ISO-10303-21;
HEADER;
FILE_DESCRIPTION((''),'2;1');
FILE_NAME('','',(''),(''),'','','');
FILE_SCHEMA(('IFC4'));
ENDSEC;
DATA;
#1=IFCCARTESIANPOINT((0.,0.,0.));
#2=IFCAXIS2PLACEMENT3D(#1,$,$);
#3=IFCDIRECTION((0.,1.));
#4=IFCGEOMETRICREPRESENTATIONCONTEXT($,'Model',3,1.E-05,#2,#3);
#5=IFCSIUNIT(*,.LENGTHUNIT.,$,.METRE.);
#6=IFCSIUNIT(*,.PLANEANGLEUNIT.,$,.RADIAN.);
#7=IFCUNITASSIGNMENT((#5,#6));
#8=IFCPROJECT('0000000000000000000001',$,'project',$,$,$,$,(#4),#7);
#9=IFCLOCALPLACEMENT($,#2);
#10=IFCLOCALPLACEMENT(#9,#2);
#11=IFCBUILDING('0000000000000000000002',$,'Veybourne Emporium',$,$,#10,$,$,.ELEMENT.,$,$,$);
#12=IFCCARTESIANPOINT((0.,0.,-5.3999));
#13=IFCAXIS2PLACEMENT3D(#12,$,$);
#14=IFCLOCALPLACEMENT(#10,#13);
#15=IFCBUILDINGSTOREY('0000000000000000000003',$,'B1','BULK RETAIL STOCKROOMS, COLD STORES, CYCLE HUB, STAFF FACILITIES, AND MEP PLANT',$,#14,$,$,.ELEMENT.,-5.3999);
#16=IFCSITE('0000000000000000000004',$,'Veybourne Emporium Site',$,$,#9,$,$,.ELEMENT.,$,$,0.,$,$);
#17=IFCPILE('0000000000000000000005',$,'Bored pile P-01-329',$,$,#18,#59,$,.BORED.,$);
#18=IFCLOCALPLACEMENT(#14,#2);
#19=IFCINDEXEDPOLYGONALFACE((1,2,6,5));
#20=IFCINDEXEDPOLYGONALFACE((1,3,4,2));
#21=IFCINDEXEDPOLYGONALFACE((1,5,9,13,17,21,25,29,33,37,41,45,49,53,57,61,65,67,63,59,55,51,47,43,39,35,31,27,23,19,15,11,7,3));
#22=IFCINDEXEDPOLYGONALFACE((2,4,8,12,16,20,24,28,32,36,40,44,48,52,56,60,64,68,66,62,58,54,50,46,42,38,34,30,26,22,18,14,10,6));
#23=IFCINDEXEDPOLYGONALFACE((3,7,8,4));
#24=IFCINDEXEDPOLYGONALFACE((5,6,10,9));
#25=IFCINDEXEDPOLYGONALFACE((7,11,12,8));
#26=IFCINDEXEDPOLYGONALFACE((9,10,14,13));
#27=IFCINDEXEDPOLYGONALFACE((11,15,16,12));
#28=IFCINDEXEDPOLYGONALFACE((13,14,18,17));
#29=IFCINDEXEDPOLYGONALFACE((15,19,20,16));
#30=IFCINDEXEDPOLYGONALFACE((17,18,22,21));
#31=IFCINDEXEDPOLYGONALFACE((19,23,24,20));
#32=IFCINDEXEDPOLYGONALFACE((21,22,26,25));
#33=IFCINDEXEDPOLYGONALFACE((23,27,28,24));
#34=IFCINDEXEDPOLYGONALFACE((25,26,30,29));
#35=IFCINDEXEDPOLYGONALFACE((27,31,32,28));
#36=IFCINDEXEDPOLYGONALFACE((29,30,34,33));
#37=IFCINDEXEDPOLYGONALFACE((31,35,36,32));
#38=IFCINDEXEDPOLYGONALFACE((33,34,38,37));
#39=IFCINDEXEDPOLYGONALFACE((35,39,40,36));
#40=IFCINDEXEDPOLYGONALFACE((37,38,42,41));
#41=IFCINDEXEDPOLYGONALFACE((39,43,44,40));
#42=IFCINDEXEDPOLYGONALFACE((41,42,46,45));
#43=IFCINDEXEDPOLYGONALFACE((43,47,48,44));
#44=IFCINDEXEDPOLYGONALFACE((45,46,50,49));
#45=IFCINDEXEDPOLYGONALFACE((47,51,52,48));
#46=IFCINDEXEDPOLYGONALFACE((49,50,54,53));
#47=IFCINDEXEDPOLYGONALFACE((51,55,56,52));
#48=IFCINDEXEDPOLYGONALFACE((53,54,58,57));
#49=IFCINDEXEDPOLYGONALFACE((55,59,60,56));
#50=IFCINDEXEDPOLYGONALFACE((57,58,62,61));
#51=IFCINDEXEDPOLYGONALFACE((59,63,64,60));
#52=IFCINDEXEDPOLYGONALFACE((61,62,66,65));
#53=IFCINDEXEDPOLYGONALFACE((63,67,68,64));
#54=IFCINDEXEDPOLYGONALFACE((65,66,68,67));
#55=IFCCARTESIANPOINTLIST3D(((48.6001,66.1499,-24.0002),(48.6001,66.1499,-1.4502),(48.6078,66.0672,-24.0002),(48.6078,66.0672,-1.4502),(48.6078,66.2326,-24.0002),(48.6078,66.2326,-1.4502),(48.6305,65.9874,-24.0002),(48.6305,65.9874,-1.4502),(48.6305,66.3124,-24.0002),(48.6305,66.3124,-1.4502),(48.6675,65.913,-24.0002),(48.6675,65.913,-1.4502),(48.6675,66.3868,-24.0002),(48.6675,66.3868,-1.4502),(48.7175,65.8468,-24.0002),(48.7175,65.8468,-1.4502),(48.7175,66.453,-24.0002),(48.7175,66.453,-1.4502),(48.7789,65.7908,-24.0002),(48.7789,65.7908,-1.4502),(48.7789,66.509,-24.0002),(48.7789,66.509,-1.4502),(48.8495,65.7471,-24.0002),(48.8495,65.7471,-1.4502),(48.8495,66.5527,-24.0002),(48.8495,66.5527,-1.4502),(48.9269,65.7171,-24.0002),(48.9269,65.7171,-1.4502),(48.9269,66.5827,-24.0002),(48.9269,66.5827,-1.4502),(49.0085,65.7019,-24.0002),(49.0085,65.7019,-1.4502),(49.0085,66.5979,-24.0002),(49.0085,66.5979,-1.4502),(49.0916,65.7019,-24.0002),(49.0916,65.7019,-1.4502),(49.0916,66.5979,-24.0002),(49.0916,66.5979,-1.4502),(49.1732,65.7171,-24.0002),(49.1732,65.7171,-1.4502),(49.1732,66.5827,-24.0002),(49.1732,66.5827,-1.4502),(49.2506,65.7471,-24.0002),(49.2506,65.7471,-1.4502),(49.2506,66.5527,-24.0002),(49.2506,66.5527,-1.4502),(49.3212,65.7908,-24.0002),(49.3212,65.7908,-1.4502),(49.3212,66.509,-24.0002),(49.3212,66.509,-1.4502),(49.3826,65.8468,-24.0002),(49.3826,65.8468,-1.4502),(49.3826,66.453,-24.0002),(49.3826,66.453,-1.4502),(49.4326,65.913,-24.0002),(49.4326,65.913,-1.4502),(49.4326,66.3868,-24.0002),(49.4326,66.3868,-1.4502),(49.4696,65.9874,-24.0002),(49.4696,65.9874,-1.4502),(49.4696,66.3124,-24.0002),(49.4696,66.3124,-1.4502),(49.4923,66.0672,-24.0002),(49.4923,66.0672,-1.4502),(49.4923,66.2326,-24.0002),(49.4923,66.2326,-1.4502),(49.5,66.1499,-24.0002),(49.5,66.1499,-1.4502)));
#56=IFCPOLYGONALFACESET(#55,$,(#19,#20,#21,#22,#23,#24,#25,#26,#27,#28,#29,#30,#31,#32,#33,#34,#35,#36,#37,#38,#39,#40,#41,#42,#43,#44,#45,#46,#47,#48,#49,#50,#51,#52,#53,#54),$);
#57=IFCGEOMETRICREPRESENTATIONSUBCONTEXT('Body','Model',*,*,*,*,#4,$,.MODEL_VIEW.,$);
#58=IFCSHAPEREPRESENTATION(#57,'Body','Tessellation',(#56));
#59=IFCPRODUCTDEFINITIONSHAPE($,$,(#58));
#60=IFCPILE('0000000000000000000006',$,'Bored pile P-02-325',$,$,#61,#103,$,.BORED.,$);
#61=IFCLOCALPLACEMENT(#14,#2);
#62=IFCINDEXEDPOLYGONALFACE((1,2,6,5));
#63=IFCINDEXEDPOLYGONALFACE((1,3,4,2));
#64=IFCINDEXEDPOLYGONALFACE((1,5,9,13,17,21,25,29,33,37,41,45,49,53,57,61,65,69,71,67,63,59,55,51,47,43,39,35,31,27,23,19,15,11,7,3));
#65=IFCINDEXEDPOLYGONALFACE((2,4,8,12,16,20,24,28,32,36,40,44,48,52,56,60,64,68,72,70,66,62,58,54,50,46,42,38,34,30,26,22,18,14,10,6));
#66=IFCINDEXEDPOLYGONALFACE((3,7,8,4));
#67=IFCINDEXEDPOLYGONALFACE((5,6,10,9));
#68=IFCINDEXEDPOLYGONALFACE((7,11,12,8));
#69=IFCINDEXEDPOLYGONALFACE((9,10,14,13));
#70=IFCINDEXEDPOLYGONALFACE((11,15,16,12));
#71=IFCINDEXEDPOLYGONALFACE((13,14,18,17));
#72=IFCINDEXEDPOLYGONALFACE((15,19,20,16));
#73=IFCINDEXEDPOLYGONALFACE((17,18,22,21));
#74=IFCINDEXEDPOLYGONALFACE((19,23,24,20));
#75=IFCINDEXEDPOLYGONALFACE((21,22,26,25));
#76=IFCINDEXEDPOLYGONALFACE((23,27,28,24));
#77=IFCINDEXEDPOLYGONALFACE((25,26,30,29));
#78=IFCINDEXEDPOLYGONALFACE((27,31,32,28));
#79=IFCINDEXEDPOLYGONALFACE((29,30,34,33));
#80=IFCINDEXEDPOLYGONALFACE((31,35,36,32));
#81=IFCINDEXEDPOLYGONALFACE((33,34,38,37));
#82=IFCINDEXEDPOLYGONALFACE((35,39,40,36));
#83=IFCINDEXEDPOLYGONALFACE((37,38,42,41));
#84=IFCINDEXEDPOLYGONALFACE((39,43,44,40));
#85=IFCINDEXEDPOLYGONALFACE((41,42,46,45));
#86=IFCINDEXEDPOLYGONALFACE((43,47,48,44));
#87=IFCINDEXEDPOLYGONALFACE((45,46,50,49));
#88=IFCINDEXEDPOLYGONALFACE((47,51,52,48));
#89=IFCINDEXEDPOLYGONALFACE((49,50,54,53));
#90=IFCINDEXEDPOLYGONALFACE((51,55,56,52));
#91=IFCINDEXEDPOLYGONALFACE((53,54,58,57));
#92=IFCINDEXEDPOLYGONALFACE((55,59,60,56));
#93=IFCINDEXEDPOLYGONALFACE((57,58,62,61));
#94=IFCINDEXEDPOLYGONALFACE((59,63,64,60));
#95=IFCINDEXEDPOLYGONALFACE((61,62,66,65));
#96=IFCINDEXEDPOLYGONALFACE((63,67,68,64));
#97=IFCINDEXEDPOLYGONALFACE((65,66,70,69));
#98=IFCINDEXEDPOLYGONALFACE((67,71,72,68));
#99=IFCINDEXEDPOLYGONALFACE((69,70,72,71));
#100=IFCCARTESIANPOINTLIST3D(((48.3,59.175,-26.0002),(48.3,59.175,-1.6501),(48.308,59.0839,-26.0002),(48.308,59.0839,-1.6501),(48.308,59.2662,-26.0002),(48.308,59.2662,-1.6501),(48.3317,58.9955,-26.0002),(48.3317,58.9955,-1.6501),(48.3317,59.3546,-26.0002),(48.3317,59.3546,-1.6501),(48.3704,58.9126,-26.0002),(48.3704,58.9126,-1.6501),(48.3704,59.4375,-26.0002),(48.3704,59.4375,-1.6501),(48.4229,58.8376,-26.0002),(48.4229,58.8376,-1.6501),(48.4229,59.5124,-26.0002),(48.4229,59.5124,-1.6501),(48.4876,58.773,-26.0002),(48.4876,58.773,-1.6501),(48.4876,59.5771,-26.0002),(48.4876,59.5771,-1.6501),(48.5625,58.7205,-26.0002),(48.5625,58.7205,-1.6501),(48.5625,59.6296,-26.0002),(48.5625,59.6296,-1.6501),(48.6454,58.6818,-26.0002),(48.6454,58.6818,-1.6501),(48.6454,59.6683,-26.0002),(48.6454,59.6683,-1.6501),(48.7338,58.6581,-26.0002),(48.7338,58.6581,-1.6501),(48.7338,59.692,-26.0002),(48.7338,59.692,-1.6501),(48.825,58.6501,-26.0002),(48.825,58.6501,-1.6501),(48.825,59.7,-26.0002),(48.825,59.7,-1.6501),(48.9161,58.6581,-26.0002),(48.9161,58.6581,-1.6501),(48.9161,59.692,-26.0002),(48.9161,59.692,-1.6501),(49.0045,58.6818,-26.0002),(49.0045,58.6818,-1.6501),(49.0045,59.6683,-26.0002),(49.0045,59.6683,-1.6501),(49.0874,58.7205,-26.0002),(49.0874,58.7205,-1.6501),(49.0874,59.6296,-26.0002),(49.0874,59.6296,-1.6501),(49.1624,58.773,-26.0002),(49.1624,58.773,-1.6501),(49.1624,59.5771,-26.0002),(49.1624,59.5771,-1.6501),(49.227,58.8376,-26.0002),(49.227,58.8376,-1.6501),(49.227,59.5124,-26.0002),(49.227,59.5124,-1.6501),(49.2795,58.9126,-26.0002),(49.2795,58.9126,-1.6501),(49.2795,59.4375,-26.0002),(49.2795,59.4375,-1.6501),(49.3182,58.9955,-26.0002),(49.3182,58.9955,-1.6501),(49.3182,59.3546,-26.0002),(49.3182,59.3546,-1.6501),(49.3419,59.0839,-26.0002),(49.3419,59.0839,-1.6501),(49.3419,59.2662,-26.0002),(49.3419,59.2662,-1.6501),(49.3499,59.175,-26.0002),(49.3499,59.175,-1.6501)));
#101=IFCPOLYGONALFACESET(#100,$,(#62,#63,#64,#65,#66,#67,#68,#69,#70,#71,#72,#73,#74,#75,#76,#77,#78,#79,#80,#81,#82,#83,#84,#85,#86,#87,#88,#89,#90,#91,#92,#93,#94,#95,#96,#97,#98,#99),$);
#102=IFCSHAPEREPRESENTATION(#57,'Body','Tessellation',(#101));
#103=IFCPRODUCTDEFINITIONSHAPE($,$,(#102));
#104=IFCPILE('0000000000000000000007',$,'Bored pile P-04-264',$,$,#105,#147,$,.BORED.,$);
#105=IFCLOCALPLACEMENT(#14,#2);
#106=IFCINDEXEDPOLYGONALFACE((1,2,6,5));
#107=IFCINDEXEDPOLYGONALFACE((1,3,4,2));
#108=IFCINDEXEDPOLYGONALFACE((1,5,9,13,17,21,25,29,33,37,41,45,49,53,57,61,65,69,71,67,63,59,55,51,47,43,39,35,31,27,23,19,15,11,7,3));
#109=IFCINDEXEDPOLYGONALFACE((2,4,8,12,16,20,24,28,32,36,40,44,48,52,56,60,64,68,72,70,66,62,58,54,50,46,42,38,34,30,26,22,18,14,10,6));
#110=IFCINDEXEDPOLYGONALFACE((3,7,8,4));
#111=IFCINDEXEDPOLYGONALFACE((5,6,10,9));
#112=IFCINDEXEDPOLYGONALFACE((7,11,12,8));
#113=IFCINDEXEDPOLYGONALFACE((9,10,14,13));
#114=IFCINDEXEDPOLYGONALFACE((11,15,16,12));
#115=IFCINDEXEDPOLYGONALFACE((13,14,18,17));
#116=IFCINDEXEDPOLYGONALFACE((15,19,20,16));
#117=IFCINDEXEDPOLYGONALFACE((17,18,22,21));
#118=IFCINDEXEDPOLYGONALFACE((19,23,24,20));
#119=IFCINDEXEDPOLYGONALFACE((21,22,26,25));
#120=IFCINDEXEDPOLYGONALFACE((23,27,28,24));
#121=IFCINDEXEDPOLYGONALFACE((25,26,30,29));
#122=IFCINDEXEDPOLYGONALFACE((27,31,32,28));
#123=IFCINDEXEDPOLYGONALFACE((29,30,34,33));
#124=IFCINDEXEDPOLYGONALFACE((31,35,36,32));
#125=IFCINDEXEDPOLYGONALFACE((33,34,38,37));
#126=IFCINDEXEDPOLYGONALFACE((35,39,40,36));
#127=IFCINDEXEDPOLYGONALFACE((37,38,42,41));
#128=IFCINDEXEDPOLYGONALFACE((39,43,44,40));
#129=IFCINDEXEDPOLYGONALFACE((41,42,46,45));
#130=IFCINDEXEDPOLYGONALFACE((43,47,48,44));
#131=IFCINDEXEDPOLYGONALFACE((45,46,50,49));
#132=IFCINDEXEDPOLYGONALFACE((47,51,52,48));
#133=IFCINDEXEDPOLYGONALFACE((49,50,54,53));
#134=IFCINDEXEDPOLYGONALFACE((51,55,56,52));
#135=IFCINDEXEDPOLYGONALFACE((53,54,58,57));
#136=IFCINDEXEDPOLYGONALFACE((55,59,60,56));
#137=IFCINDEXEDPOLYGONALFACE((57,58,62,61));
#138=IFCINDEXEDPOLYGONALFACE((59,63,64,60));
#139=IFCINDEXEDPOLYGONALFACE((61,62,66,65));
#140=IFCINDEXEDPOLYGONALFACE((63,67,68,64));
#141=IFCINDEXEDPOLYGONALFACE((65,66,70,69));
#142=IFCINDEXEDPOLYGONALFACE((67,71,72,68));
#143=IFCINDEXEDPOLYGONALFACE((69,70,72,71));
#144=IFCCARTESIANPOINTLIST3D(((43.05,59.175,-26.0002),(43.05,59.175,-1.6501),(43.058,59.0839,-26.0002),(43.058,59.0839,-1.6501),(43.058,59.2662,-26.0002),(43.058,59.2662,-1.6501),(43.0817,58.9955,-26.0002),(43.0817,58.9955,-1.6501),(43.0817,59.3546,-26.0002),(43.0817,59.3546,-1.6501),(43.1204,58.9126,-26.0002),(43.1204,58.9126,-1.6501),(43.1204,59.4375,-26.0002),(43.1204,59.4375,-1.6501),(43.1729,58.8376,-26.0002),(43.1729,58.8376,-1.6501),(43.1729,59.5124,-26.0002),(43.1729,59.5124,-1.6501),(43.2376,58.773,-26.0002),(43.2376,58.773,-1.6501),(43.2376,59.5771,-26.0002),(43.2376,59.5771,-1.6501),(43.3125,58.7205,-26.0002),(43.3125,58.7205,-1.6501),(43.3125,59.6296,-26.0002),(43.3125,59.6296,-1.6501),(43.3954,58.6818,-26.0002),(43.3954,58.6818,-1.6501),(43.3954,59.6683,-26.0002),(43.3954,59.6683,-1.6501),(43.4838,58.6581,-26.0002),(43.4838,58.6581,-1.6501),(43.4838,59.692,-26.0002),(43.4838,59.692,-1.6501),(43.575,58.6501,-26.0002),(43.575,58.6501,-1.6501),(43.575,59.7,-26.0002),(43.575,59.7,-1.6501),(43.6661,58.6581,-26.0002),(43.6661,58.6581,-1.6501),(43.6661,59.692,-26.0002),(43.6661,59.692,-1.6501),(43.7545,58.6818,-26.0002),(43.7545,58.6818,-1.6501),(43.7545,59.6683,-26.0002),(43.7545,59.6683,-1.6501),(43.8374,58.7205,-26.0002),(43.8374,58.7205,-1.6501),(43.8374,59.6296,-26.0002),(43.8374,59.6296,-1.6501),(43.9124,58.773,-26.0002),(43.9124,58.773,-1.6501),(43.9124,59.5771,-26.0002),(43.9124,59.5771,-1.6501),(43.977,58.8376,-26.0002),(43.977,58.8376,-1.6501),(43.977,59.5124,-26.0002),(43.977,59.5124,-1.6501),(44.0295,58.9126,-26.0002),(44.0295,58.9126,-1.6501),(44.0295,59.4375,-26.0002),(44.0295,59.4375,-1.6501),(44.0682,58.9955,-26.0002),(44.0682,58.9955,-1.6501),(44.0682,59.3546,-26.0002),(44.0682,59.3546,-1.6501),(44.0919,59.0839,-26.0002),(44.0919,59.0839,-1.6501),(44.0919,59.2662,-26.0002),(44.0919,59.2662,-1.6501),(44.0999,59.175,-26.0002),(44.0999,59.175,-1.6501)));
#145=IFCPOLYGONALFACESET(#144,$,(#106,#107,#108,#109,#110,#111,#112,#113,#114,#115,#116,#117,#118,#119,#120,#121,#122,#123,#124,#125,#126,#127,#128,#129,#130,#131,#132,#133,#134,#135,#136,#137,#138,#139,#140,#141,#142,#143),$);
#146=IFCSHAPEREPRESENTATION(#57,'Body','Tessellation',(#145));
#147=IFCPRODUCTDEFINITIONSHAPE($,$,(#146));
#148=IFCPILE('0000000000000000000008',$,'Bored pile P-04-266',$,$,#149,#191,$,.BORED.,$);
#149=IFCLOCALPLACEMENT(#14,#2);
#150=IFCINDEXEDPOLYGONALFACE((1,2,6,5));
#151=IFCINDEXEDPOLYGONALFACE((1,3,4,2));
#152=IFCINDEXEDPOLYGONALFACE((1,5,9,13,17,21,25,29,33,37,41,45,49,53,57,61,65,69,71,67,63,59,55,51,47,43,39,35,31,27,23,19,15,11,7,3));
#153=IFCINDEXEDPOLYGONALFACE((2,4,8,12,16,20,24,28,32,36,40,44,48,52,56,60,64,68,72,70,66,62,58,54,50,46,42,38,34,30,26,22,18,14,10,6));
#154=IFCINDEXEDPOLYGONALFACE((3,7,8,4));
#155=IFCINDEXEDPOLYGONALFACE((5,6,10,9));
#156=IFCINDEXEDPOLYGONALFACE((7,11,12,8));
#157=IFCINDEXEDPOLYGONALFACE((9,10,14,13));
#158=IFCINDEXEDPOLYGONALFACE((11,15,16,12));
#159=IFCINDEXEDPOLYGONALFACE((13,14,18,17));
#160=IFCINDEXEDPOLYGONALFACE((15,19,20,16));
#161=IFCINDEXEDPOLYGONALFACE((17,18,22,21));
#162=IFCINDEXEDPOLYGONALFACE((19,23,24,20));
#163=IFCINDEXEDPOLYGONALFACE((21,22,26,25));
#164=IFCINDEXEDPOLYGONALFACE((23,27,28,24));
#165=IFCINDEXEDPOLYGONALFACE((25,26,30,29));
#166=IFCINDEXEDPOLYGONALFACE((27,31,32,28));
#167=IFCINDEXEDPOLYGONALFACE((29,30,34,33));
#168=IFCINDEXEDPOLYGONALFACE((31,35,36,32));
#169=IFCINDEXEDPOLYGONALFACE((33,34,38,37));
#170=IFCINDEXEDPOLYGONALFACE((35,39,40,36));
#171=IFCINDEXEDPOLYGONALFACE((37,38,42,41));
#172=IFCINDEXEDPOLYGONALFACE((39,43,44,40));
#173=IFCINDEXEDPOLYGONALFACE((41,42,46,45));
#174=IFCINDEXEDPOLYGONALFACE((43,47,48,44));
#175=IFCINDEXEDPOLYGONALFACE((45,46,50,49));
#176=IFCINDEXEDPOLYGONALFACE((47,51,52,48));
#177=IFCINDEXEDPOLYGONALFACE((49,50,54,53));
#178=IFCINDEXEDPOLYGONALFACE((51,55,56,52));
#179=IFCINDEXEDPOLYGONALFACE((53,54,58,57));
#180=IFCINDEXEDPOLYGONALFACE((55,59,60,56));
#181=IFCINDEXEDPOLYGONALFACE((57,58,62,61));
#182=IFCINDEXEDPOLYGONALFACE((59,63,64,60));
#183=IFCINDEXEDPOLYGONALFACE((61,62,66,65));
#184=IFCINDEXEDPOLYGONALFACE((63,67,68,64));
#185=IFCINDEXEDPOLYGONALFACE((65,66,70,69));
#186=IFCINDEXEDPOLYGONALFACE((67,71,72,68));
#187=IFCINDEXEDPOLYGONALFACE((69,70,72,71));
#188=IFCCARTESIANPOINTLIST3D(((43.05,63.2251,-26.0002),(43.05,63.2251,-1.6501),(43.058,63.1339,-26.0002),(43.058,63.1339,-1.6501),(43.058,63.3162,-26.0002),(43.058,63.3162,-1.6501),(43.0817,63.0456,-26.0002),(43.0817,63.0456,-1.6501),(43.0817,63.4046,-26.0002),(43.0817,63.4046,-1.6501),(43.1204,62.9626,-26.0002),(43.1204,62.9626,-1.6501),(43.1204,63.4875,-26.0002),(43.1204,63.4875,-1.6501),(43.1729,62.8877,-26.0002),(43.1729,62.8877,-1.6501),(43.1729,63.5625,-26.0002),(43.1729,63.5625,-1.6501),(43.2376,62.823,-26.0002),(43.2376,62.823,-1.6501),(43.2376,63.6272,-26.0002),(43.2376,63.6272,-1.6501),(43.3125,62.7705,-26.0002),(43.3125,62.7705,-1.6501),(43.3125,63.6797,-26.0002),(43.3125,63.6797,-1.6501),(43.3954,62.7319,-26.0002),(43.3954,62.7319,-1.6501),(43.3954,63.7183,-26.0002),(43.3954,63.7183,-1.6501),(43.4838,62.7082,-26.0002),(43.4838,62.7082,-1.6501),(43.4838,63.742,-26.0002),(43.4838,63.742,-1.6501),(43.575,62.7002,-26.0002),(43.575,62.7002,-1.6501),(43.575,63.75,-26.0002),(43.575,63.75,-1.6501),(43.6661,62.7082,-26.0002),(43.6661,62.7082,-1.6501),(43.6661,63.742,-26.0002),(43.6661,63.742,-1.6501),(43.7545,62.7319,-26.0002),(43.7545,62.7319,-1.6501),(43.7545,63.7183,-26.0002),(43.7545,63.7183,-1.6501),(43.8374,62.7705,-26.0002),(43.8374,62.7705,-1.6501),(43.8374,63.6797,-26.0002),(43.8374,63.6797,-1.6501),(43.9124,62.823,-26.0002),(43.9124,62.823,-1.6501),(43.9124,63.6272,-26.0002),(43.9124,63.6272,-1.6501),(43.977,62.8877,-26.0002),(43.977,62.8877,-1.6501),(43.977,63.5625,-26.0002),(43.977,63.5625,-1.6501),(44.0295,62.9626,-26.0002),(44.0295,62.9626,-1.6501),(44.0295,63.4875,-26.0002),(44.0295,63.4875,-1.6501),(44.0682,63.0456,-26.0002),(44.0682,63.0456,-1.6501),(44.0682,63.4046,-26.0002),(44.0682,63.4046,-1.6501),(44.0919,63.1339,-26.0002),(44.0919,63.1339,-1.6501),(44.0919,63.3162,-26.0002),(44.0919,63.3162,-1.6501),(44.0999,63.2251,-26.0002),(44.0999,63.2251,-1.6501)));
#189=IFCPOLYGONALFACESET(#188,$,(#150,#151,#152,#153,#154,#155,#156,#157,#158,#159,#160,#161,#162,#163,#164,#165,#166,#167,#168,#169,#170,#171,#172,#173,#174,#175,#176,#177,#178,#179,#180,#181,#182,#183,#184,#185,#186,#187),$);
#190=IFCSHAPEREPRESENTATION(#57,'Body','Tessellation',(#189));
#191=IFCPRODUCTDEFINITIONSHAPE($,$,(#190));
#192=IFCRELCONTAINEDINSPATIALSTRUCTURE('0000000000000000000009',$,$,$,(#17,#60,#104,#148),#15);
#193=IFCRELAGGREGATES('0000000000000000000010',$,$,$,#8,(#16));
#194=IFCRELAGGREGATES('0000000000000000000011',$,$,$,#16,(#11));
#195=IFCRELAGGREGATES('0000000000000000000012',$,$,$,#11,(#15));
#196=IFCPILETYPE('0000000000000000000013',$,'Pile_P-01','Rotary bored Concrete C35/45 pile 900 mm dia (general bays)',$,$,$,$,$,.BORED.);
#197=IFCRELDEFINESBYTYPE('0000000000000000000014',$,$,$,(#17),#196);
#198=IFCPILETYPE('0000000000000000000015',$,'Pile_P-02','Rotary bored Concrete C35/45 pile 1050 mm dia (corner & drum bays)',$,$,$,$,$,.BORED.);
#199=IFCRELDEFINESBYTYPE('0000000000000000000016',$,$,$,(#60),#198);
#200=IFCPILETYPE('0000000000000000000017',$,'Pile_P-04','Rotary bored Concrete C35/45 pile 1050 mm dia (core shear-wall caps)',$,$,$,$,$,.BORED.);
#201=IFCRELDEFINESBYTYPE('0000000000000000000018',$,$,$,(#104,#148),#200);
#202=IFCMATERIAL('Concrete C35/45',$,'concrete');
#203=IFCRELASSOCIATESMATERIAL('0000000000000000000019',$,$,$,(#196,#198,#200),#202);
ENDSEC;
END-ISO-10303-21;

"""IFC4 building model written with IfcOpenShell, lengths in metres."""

from ifc_helpers import new_model, si_unit, direction, frame, origin, origin_2d, place, context, subcontext, project, spatial, circle, extrude, material, material_profile, profile_set, type_object, element, save


model = new_model("IFC4")

# Units and contexts
model_context = context("Model", 3, precision=1e-05, world=origin(), true_north=direction((0.0, 1.0)))
body_context = subcontext(model_context, "Body", "Model", "MODEL_VIEW")
ifc_project = project(units=[si_unit("LENGTHUNIT", "METRE"), si_unit("PLANEANGLEUNIT", "RADIAN")], contexts=[model_context])

# Site, building, storey
site_placement = place(None, origin())
site = spatial("IfcSite", under=ifc_project, at=site_placement, Name="Veybourne Emporium Site", CompositionType="ELEMENT", RefElevation=0.0)
building_placement = place(site_placement, origin())
building = spatial("IfcBuilding", under=site, at=building_placement, Name="Veybourne Emporium", CompositionType="ELEMENT")
storey_placement = place(building_placement, frame((0.0, 0.0, -5.3999)))
storey = spatial("IfcBuildingStorey", under=building, at=storey_placement, Name="B1", Description="BULK RETAIL STOCKROOMS, COLD STORES, CYCLE HUB, STAFF FACILITIES, AND MEP PLANT", CompositionType="ELEMENT", Elevation=-5.3999)

# Shared definitions
ifc_material_1 = material(Name="Concrete C35/45", Category="concrete")

# Piles
ifc_material_profile_1 = material_profile(ifc_material_1, circle(Radius=0.45, at=origin_2d()), Name="BORED PILE 900")
ifc_profile_set_1 = profile_set([ifc_material_profile_1], Name="Concrete C35/45")
pile_type_1 = type_object("IfcPileType", Name="Pile_P-01", Description="Rotary bored Concrete C35/45 pile 900 mm dia (general bays)", PredefinedType="BORED", material=ifc_profile_set_1)
for number, where, z_axis, x_axis, name in (
    (1, (49.05, 66.1499, -1.4502), (0.0, 0.0, -1.0), (1.0, 0.0, 0.0), "Bored pile P-01-329"),
):
    element("IfcPile", number, at=place(storey_placement, frame(where, z_axis=z_axis, x_axis=x_axis)), inside=storey, type_object=pile_type_1, Name=name, PredefinedType="BORED", context=body_context, shape_type="SweptSolid", body=[
        extrude(circle(Radius=0.45, at=origin_2d()), origin(), (0.0, 0.0, 1.0), 22.55),
    ])
ifc_material_profile_2 = material_profile(ifc_material_1, circle(Radius=0.5249, at=origin_2d()), Name="BORED PILE 1050")
ifc_profile_set_2 = profile_set([ifc_material_profile_2], Name="Concrete C35/45")
pile_type_2 = type_object("IfcPileType", Name="Pile_P-02", Description="Rotary bored Concrete C35/45 pile 1050 mm dia (corner & drum bays)", PredefinedType="BORED", material=ifc_profile_set_2)
pile_placement = place(storey_placement, frame((48.825, 59.175, -1.6501), z_axis=(0.0, 0.0, -1.0), x_axis=(1.0, 0.0, 0.0)))
element("IfcPile", 2, at=pile_placement, inside=storey, type_object=pile_type_2, Name="Bored pile P-02-325", PredefinedType="BORED", context=body_context, shape_type="SweptSolid", body=[
    extrude(circle(Radius=0.5249, at=origin_2d()), origin(), (0.0, 0.0, 1.0), 24.3501),
])
ifc_material_profile_3 = material_profile(ifc_material_1, circle(Radius=0.5249, at=origin_2d()), Name="BORED PILE 1050")
ifc_profile_set_3 = profile_set([ifc_material_profile_3], Name="Concrete C35/45")
pile_type_3 = type_object("IfcPileType", Name="Pile_P-04", Description="Rotary bored Concrete C35/45 pile 1050 mm dia (core shear-wall caps)", PredefinedType="BORED", material=ifc_profile_set_3)
for number, where, z_axis, x_axis, name in (
    (3, (43.575, 59.175, -1.6501), (0.0, 0.0, -1.0), (1.0, 0.0, 0.0), "Bored pile P-04-264"),
    (4, (43.575, 63.2251, -1.6501), (0.0, 0.0, -1.0), (1.0, 0.0, 0.0), "Bored pile P-04-266"),
):
    element("IfcPile", number, at=place(storey_placement, frame(where, z_axis=z_axis, x_axis=x_axis)), inside=storey, type_object=pile_type_3, Name=name, PredefinedType="BORED", context=body_context, shape_type="SweptSolid", body=[
        extrude(circle(Radius=0.5249, at=origin_2d()), origin(), (0.0, 0.0, 1.0), 24.3501),
    ])

save(model, "model.ifc")
